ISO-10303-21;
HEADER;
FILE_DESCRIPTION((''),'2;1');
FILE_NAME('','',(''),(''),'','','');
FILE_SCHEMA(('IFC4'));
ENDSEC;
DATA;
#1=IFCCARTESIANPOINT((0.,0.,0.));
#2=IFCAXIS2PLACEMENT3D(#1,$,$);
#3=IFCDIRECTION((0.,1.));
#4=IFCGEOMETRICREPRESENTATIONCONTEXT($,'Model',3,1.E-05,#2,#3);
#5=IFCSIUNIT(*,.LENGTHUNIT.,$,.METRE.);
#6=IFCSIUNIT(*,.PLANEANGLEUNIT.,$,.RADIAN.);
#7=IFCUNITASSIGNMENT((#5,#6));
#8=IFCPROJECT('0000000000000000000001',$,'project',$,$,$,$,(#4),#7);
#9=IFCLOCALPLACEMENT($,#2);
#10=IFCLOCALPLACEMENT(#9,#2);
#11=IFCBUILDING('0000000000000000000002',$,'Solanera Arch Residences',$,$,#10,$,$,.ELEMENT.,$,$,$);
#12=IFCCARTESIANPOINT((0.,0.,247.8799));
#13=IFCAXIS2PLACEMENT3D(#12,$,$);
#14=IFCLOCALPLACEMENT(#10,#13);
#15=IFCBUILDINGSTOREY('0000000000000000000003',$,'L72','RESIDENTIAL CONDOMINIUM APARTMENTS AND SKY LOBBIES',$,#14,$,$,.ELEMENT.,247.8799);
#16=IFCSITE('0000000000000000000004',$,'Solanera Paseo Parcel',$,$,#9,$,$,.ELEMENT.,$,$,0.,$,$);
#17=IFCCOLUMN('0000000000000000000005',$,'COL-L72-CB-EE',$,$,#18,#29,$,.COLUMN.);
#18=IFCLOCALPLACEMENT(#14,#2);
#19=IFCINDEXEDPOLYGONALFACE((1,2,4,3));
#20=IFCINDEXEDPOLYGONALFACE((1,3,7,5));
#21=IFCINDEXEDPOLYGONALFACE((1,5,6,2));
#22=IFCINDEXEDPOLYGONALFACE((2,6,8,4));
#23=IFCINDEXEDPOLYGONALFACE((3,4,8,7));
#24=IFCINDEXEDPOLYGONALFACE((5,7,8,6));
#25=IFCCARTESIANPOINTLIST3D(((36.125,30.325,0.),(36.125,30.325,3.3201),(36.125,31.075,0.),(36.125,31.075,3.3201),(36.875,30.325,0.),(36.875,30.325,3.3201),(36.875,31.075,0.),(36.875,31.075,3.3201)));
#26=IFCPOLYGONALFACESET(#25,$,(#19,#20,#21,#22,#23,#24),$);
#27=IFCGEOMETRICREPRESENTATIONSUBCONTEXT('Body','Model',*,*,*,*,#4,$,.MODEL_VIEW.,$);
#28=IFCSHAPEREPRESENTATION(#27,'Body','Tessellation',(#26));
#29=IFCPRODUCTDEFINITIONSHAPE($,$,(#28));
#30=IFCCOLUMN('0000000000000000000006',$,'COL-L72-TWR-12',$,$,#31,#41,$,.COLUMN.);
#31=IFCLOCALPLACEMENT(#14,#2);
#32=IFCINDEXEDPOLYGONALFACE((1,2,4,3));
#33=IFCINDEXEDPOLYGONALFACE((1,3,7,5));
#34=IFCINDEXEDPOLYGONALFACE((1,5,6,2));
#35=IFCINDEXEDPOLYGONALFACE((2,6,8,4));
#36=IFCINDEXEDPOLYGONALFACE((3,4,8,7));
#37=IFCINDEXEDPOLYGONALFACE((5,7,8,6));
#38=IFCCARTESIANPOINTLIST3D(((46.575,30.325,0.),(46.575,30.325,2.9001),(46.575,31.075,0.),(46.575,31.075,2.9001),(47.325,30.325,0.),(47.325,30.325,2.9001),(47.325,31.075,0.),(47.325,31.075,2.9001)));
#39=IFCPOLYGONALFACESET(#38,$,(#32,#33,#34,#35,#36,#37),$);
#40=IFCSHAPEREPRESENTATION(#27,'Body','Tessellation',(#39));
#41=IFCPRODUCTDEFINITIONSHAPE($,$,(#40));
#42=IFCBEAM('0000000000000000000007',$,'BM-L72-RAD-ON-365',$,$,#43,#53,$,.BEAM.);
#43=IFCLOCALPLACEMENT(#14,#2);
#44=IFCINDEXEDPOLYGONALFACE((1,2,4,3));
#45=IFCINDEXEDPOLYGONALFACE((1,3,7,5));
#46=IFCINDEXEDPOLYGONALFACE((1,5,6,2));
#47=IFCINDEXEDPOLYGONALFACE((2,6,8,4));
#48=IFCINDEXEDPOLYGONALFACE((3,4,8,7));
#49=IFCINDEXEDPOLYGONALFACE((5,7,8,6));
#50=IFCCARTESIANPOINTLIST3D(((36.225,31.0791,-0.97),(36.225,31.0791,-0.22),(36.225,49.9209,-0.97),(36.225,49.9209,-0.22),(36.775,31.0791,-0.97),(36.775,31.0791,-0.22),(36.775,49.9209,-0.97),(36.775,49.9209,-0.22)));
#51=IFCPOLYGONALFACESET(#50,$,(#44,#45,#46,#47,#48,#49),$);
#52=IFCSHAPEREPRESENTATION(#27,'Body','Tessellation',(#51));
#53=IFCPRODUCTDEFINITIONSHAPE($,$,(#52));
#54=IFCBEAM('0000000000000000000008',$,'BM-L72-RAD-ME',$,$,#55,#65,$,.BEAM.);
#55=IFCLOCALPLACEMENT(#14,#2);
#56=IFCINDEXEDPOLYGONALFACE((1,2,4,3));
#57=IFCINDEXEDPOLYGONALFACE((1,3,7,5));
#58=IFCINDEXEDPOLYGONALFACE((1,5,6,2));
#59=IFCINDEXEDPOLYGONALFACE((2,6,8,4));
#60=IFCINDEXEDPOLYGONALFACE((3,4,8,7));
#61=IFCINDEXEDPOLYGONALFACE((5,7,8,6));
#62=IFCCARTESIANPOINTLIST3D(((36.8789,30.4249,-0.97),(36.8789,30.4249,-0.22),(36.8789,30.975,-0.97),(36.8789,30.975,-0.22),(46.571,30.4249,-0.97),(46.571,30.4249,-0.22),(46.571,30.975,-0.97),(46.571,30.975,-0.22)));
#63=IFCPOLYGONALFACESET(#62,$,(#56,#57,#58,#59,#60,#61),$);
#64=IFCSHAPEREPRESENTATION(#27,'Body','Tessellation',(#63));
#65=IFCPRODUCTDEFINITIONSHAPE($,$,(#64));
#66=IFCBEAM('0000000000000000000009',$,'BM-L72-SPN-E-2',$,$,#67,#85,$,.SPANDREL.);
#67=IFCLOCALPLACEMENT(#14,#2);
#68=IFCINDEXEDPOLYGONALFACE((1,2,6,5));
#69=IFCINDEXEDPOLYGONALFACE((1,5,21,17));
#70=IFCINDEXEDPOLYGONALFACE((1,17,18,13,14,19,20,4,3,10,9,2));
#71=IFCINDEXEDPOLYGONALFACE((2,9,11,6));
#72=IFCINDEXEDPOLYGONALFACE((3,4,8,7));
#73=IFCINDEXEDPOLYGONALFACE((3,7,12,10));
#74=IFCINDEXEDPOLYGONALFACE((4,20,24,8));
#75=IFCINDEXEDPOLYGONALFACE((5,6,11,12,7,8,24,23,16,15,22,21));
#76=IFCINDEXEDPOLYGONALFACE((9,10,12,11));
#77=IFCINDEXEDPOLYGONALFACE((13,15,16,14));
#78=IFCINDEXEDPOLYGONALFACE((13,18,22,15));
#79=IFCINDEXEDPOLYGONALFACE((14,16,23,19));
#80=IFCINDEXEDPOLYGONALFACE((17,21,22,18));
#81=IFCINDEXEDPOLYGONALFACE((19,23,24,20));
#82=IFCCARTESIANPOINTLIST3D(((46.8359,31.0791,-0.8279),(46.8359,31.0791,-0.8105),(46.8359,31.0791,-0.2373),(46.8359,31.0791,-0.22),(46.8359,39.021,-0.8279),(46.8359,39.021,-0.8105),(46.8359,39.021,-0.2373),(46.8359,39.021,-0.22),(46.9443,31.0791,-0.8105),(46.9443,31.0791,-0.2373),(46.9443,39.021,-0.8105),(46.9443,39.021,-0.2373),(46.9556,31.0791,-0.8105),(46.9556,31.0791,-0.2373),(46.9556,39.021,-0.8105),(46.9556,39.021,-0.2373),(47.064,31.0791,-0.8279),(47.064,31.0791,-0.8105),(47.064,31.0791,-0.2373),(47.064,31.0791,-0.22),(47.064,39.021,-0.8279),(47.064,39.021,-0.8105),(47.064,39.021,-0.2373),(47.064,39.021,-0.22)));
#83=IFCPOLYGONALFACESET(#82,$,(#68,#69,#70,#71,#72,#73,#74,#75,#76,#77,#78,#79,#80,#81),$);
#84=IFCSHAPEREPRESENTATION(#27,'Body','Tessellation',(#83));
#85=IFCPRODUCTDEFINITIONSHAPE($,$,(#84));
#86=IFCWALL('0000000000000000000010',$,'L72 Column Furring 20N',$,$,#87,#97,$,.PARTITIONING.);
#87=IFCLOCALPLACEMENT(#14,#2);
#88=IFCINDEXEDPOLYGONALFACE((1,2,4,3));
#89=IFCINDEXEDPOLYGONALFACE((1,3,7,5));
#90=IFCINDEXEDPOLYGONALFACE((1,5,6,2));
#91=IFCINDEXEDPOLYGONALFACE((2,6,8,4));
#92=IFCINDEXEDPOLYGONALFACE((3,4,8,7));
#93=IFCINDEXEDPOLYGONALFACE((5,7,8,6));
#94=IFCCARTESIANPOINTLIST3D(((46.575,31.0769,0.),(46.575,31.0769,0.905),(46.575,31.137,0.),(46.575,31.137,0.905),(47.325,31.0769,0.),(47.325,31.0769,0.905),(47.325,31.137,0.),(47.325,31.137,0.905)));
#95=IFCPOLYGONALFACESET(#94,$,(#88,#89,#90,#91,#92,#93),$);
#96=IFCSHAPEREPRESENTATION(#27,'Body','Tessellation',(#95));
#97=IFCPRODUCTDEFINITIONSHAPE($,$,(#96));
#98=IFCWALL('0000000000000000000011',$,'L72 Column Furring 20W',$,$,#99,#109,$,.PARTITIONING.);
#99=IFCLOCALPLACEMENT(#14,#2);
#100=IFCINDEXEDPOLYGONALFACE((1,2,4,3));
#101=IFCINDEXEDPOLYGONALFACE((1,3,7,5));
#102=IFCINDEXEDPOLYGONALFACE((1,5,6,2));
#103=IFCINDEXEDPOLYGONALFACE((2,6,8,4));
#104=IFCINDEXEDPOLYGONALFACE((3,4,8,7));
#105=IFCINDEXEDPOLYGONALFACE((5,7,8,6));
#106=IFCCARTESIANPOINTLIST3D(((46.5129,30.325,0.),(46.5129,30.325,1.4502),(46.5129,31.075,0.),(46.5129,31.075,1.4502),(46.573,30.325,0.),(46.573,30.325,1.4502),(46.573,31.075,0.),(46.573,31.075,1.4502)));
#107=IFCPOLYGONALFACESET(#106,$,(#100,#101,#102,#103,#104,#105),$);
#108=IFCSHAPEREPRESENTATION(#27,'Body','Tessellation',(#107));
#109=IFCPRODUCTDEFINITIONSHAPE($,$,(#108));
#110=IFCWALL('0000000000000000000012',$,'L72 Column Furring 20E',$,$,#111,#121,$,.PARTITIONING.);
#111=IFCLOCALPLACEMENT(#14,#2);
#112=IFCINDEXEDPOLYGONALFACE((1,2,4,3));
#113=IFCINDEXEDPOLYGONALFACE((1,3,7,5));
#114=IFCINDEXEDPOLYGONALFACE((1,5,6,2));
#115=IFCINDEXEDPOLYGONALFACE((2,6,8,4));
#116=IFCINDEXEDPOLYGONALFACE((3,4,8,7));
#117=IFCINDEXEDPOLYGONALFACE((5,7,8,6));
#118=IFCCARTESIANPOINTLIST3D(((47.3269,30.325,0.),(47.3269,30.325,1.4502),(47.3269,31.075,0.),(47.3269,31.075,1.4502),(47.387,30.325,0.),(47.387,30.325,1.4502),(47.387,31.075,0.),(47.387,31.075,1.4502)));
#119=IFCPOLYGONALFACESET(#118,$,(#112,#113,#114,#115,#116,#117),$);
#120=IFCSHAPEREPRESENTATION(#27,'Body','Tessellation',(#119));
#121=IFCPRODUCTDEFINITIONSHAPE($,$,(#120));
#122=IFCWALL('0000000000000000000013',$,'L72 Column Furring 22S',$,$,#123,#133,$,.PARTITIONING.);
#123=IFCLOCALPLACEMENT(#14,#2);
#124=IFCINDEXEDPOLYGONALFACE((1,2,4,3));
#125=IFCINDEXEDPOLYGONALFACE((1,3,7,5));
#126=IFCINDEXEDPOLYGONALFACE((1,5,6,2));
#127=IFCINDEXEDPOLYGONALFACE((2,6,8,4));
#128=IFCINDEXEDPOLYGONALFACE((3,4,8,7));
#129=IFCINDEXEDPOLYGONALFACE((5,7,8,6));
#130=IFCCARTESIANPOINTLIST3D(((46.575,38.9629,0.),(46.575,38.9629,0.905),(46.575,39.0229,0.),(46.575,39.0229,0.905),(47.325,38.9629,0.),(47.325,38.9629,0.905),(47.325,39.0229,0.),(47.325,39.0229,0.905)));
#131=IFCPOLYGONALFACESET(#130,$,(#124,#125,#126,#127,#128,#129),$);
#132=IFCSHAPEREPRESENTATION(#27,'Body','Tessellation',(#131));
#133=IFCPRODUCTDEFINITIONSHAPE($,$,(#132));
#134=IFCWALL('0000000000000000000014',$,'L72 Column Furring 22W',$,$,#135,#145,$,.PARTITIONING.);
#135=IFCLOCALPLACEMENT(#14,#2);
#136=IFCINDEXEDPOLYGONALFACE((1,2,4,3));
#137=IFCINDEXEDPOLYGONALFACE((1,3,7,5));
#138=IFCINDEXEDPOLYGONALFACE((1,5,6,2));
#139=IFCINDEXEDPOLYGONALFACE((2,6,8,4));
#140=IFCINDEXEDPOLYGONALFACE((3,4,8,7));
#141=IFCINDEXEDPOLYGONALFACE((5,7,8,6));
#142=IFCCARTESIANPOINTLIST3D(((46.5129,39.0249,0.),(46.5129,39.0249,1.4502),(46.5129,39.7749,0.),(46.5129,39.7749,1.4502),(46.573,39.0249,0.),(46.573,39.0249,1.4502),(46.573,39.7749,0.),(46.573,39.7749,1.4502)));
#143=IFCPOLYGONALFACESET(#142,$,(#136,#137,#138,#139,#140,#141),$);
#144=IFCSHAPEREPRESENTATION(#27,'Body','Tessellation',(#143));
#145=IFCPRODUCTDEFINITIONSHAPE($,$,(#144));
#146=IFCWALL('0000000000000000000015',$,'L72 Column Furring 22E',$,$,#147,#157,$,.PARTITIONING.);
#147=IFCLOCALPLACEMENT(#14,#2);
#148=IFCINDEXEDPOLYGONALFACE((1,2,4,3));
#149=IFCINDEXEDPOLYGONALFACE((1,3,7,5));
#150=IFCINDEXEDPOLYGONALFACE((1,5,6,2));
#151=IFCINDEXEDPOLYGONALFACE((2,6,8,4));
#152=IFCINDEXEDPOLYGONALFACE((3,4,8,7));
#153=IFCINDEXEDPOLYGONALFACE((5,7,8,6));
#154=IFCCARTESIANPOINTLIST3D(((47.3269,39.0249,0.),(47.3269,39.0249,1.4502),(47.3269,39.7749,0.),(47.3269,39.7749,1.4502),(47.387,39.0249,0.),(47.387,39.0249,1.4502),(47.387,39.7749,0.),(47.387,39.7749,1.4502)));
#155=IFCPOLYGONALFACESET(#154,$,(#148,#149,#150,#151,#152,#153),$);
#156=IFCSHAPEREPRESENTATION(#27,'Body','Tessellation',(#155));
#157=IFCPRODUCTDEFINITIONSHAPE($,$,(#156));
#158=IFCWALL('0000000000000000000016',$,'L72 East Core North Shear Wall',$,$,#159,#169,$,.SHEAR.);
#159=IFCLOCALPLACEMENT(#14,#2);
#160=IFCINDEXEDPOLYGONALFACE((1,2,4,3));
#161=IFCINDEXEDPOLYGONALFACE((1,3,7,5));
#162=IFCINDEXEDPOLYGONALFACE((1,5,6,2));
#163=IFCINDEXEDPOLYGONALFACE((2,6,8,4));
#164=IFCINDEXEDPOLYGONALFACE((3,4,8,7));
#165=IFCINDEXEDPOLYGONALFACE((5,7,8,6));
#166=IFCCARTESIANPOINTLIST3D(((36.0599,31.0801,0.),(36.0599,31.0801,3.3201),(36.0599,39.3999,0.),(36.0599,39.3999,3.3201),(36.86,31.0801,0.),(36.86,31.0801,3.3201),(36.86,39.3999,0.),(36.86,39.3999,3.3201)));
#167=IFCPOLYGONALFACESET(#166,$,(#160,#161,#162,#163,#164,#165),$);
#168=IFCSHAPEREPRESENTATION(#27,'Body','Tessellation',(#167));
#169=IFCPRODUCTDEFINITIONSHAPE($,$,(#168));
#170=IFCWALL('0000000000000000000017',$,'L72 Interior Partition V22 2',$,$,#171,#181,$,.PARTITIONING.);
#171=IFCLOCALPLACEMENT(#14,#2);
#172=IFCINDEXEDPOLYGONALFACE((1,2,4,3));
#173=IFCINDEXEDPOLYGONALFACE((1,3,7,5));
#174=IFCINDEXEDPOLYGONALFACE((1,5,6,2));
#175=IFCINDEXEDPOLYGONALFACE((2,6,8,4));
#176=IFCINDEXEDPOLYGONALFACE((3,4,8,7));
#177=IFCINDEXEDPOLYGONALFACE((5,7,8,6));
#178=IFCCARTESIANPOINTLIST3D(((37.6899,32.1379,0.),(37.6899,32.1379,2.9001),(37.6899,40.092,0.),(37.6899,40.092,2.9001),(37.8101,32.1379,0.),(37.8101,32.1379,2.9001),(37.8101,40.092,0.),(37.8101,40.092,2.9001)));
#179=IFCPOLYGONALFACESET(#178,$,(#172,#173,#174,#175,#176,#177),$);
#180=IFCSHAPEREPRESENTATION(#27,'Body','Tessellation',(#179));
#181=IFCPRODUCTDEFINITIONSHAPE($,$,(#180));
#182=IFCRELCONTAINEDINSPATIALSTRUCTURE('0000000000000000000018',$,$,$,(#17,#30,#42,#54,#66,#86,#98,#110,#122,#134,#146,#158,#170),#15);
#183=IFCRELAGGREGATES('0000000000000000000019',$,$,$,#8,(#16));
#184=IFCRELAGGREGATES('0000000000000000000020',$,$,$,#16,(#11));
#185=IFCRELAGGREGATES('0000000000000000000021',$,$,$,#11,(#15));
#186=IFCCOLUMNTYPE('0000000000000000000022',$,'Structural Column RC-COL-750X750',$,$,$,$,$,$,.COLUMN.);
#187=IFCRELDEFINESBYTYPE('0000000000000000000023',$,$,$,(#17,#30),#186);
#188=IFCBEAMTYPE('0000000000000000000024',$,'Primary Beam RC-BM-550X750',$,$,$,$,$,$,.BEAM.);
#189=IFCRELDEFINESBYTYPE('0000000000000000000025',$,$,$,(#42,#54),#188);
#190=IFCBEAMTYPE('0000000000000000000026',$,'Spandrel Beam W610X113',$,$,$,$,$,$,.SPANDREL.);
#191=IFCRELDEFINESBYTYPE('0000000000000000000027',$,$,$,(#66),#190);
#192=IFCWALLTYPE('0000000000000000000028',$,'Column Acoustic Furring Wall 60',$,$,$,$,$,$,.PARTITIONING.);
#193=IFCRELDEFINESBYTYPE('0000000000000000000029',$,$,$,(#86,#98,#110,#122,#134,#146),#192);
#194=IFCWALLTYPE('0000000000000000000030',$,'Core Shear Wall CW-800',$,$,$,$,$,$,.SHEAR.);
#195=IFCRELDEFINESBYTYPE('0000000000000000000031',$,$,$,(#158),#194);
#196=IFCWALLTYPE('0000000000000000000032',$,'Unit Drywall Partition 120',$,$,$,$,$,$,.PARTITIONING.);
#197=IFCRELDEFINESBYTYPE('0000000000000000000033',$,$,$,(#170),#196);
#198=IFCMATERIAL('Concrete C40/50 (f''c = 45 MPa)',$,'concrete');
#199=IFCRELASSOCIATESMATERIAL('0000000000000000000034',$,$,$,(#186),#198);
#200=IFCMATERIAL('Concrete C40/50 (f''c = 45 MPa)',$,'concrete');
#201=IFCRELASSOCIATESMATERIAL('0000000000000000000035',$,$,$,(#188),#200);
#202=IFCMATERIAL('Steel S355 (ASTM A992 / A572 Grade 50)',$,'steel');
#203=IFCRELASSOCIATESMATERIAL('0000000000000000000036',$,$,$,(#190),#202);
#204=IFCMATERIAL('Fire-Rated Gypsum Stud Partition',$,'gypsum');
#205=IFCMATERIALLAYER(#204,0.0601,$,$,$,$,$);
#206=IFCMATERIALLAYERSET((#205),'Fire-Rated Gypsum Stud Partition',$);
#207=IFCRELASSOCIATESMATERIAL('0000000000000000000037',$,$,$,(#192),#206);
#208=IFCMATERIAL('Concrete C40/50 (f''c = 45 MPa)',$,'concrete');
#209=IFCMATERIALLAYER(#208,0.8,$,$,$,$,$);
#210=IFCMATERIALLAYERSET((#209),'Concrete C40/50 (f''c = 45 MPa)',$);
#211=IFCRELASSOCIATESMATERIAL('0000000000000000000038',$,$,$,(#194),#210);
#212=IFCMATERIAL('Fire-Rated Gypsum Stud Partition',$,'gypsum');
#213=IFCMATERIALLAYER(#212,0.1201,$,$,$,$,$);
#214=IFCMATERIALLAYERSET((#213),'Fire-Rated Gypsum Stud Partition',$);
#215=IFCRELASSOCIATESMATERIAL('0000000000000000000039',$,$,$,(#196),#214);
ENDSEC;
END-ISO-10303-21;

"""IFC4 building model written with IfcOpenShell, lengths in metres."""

from ifc_helpers import new_model, si_unit, direction, frame, frame_2d, origin, origin_2d, place, context, subcontext, project, spatial, rectangle, i_section, extrude, material, layer, layer_set, material_profile, profile_set, type_object, element, save


model = new_model("IFC4")

# Units and contexts
model_context = context("Model", 3, precision=1e-05, world=origin(), true_north=direction((0.0, 1.0)))
body_context = subcontext(model_context, "Body", "Model", "MODEL_VIEW")
ifc_project = project(units=[si_unit("LENGTHUNIT", "METRE"), si_unit("PLANEANGLEUNIT", "RADIAN")], contexts=[model_context])

# Site, building, storey
site_placement = place(None, origin())
site = spatial("IfcSite", under=ifc_project, at=site_placement, Name="Solanera Paseo Parcel", CompositionType="ELEMENT", RefElevation=0.0)
building_placement = place(site_placement, origin())
building = spatial("IfcBuilding", under=site, at=building_placement, Name="Solanera Arch Residences", CompositionType="ELEMENT")
storey_placement = place(building_placement, frame((0.0, 0.0, 247.8799)))
storey = spatial("IfcBuildingStorey", under=building, at=storey_placement, Name="L72", Description="RESIDENTIAL CONDOMINIUM APARTMENTS AND SKY LOBBIES", CompositionType="ELEMENT", Elevation=247.8799)

# Columns
ifc_material_1 = material(Name="Concrete C40/50 (f'c = 45 MPa)", Category="concrete")
ifc_material_profile_1 = material_profile(ifc_material_1, rectangle(XDim=0.75, YDim=0.75, at=origin_2d()))
ifc_profile_set_1 = profile_set([ifc_material_profile_1], Name="Concrete C40/50 (f'c = 45 MPa)")
column_type = type_object("IfcColumnType", Name="Structural Column RC-COL-750X750", PredefinedType="COLUMN", material=ifc_profile_set_1)
column_1_placement = place(storey_placement, frame((36.5, 30.7, 0.0), z_axis=(0.0, 0.0, 1.0), x_axis=(1.0, 0.0, 0.0)))
element("IfcColumn", 1, at=column_1_placement, inside=storey, type_object=column_type, Name="COL-L72-CB-EE", PredefinedType="COLUMN", context=body_context, shape_type="SweptSolid", body=[
    extrude(rectangle(XDim=0.75, YDim=0.75, at=origin_2d()), origin(), (0.0, 0.0, 1.0), 3.3201),
])
column_2_placement = place(storey_placement, frame((46.95, 30.7, 0.0), z_axis=(0.0, 0.0, 1.0), x_axis=(1.0, 0.0, 0.0)))
element("IfcColumn", 2, at=column_2_placement, inside=storey, type_object=column_type, Name="COL-L72-TWR-12", PredefinedType="COLUMN", context=body_context, shape_type="SweptSolid", body=[
    extrude(rectangle(XDim=0.75, YDim=0.75, at=origin_2d()), origin(), (0.0, 0.0, 1.0), 2.9001),
])

# Beams
ifc_material_2 = material(Name="Concrete C40/50 (f'c = 45 MPa)", Category="concrete")
ifc_material_profile_2 = material_profile(ifc_material_2, rectangle(XDim=0.55, YDim=0.75, at=origin_2d()))
ifc_profile_set_2 = profile_set([ifc_material_profile_2], Name="Concrete C40/50 (f'c = 45 MPa)")
beam_type_1 = type_object("IfcBeamType", Name="Primary Beam RC-BM-550X750", PredefinedType="BEAM", material=ifc_profile_set_2)
beam_1_placement = place(storey_placement, frame((36.5, 31.0791, -0.595), z_axis=(0.0, 1.0, 0.0), x_axis=(-1.0, 0.0, 0.0)))
element("IfcBeam", 3, at=beam_1_placement, inside=storey, type_object=beam_type_1, Name="BM-L72-RAD-ON-365", PredefinedType="BEAM", context=body_context, shape_type="SweptSolid", body=[
    extrude(rectangle(XDim=0.55, YDim=0.75, at=origin_2d()), origin(), (0.0, 0.0, 1.0), 18.8418),
])
beam_2_placement = place(storey_placement, frame((36.8789, 30.7, -0.595), z_axis=(1.0, 0.0, 0.0), x_axis=(0.0, 1.0, 0.0)))
element("IfcBeam", 4, at=beam_2_placement, inside=storey, type_object=beam_type_1, Name="BM-L72-RAD-ME", PredefinedType="BEAM", context=body_context, shape_type="SweptSolid", body=[
    extrude(rectangle(XDim=0.55, YDim=0.75, at=origin_2d()), origin(), (0.0, 0.0, 1.0), 9.6921),
])
ifc_material_3 = material(Name="Steel S355 (ASTM A992 / A572 Grade 50)", Category="steel")
ifc_material_profile_3 = material_profile(ifc_material_3, i_section(OverallWidth=0.228, OverallDepth=0.6079, WebThickness=0.0112, FlangeThickness=0.0173, at=origin_2d()))
ifc_profile_set_3 = profile_set([ifc_material_profile_3], Name="Steel S355 (ASTM A992 / A572 Grade 50)")
beam_type_2 = type_object("IfcBeamType", Name="Spandrel Beam W610X113", PredefinedType="SPANDREL", material=ifc_profile_set_3)
beam_3_placement = place(storey_placement, frame((46.95, 31.0791, -0.5239), z_axis=(0.0, 1.0, 0.0), x_axis=(-1.0, 0.0, 0.0)))
element("IfcBeam", 5, at=beam_3_placement, inside=storey, type_object=beam_type_2, Name="BM-L72-SPN-E-2", PredefinedType="SPANDREL", context=body_context, shape_type="SweptSolid", body=[
    extrude(i_section(OverallWidth=0.228, OverallDepth=0.6079, WebThickness=0.0112, FlangeThickness=0.0173, at=origin_2d()), origin(), (0.0, 0.0, 1.0), 7.9419),
])

# Walls
ifc_material_4 = material(Name="Fire-Rated Gypsum Stud Partition", Category="gypsum")
ifc_layer_1 = layer(ifc_material_4, 0.0601)
ifc_layer_set_1 = layer_set([ifc_layer_1], Name="Fire-Rated Gypsum Stud Partition")
wall_type_1 = type_object("IfcWallType", Name="Column Acoustic Furring Wall 60", PredefinedType="PARTITIONING", material=ifc_layer_set_1)
wall_1_placement = place(storey_placement, frame((46.575, 31.1069, 0.0), z_axis=(0.0, 0.0, 1.0), x_axis=(1.0, 0.0, 0.0)))
element("IfcWall", 6, at=wall_1_placement, inside=storey, type_object=wall_type_1, Name="L72 Column Furring 20N", PredefinedType="PARTITIONING", context=body_context, shape_type="SweptSolid", body=[
    extrude(rectangle(XDim=0.75, YDim=0.0601, at=frame_2d((0.375, 0.0))), origin(), (0.0, 0.0, 1.0), 0.905),
])
for number, where, z_axis, x_axis, name in (
    (7, (46.543, 30.325, 0.0), (0.0, 0.0, 1.0), (0.0, 1.0, 0.0), "L72 Column Furring 20W"),
    (8, (47.3569, 30.325, 0.0), (0.0, 0.0, 1.0), (0.0, 1.0, 0.0), "L72 Column Furring 20E"),
):
    element("IfcWall", number, at=place(storey_placement, frame(where, z_axis=z_axis, x_axis=x_axis)), inside=storey, type_object=wall_type_1, Name=name, PredefinedType="PARTITIONING", context=body_context, shape_type="SweptSolid", body=[
        extrude(rectangle(XDim=0.75, YDim=0.0601, at=frame_2d((0.375, 0.0))), origin(), (0.0, 0.0, 1.0), 1.4502),
    ])
wall_2_placement = place(storey_placement, frame((46.575, 38.9929, 0.0), z_axis=(0.0, 0.0, 1.0), x_axis=(1.0, 0.0, 0.0)))
element("IfcWall", 9, at=wall_2_placement, inside=storey, type_object=wall_type_1, Name="L72 Column Furring 22S", PredefinedType="PARTITIONING", context=body_context, shape_type="SweptSolid", body=[
    extrude(rectangle(XDim=0.75, YDim=0.0601, at=frame_2d((0.375, 0.0))), origin(), (0.0, 0.0, 1.0), 0.905),
])
for number, where, z_axis, x_axis, name in (
    (10, (46.543, 39.0249, 0.0), (0.0, 0.0, 1.0), (0.0, 1.0, 0.0), "L72 Column Furring 22W"),
    (11, (47.3569, 39.0249, 0.0), (0.0, 0.0, 1.0), (0.0, 1.0, 0.0), "L72 Column Furring 22E"),
):
    element("IfcWall", number, at=place(storey_placement, frame(where, z_axis=z_axis, x_axis=x_axis)), inside=storey, type_object=wall_type_1, Name=name, PredefinedType="PARTITIONING", context=body_context, shape_type="SweptSolid", body=[
        extrude(rectangle(XDim=0.75, YDim=0.0601, at=frame_2d((0.375, 0.0))), origin(), (0.0, 0.0, 1.0), 1.4502),
    ])
ifc_material_5 = material(Name="Concrete C40/50 (f'c = 45 MPa)", Category="concrete")
ifc_layer_2 = layer(ifc_material_5, 0.8)
ifc_layer_set_2 = layer_set([ifc_layer_2], Name="Concrete C40/50 (f'c = 45 MPa)")
wall_type_2 = type_object("IfcWallType", Name="Core Shear Wall CW-800", PredefinedType="SHEAR", material=ifc_layer_set_2)
wall_3_placement = place(storey_placement, frame((36.46, 31.0801, 0.0), z_axis=(0.0, 0.0, 1.0), x_axis=(0.0, 1.0, 0.0)))
element("IfcWall", 12, at=wall_3_placement, inside=storey, type_object=wall_type_2, Name="L72 East Core North Shear Wall", PredefinedType="SHEAR", context=body_context, shape_type="SweptSolid", body=[
    extrude(rectangle(XDim=8.3198, YDim=0.8, at=frame_2d((4.1599, 0.0))), origin(), (0.0, 0.0, 1.0), 3.3201),
])
ifc_material_6 = material(Name="Fire-Rated Gypsum Stud Partition", Category="gypsum")
ifc_layer_3 = layer(ifc_material_6, 0.1201)
ifc_layer_set_3 = layer_set([ifc_layer_3], Name="Fire-Rated Gypsum Stud Partition")
wall_type_3 = type_object("IfcWallType", Name="Unit Drywall Partition 120", PredefinedType="PARTITIONING", material=ifc_layer_set_3)
wall_4_placement = place(storey_placement, frame((37.75, 32.1379, 0.0), z_axis=(0.0, 0.0, 1.0), x_axis=(0.0, 1.0, 0.0)))
element("IfcWall", 13, at=wall_4_placement, inside=storey, type_object=wall_type_3, Name="L72 Interior Partition V22 2", PredefinedType="PARTITIONING", context=body_context, shape_type="SweptSolid", body=[
    extrude(rectangle(XDim=7.9541, YDim=0.1201, at=frame_2d((3.9771, 0.0))), origin(), (0.0, 0.0, 1.0), 2.9001),
])

save(model, "model.ifc")
